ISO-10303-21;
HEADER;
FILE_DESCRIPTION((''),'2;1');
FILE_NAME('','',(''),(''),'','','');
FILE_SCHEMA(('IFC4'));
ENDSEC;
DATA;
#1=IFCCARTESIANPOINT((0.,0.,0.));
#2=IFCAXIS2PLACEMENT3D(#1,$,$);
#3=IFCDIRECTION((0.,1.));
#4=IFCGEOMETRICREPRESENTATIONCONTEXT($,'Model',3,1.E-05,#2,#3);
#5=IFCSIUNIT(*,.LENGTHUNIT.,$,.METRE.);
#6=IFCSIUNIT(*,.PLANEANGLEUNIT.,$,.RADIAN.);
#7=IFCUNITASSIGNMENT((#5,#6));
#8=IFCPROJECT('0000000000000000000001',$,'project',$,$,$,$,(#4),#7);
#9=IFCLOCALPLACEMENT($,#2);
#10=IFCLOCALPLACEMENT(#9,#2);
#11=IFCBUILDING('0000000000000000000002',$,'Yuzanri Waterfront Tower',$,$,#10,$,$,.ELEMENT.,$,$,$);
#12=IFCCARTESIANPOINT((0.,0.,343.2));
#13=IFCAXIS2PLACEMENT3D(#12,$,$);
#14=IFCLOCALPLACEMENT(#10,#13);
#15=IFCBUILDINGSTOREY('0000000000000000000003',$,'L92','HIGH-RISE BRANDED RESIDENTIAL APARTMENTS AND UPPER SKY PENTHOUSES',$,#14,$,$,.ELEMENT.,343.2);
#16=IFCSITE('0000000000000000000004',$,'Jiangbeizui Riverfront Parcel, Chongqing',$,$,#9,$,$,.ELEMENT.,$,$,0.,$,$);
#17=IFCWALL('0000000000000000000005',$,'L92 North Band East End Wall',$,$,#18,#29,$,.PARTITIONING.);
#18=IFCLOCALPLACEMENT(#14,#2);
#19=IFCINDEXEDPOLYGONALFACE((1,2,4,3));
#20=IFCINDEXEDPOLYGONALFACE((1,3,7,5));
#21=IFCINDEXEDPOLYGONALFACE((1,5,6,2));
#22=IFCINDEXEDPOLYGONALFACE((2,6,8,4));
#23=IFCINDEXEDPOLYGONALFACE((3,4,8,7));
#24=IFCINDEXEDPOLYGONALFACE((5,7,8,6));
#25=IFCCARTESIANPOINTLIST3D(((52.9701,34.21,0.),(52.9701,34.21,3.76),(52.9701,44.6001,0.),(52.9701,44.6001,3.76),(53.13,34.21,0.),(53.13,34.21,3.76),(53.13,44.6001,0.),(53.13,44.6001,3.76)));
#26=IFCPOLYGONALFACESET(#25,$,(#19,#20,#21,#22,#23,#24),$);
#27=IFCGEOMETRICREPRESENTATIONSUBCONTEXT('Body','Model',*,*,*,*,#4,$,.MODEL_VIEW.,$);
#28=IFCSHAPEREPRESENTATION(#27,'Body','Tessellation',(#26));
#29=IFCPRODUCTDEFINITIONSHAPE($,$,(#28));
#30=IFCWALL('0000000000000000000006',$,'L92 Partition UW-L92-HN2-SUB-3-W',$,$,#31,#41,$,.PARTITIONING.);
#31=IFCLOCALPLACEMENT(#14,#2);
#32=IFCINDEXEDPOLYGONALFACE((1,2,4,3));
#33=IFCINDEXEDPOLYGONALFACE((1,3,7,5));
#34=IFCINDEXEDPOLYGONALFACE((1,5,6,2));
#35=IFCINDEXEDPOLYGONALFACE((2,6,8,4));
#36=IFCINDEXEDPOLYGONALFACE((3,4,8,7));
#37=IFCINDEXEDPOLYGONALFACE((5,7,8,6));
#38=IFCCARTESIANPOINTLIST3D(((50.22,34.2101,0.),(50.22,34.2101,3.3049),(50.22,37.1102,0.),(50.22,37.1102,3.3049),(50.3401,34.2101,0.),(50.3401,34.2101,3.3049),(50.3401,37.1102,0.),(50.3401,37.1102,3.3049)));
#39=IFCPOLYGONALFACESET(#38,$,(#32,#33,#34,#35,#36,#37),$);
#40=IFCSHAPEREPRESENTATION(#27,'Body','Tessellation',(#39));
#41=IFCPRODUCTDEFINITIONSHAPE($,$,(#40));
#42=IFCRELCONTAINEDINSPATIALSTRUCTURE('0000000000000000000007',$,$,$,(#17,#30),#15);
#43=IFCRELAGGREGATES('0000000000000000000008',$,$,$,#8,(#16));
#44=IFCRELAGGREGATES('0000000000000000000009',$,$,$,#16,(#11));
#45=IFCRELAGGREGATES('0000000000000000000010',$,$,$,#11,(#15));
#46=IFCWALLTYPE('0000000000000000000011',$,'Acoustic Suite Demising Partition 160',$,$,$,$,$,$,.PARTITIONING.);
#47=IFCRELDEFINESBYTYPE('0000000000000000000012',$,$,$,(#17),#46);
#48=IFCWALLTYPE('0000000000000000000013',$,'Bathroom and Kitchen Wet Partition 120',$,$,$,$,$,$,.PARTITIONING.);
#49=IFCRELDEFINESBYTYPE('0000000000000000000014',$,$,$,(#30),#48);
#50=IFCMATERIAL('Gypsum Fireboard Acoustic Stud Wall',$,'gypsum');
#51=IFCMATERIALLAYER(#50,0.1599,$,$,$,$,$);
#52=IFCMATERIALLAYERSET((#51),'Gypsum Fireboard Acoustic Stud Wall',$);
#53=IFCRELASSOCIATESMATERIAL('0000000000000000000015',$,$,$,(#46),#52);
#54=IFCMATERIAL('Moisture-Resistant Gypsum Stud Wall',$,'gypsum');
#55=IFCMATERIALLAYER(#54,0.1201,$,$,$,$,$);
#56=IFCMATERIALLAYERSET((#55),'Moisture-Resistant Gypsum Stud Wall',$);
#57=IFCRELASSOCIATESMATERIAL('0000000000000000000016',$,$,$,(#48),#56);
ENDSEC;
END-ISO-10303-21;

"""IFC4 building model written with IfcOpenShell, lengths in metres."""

from ifc_helpers import new_model, si_unit, direction, frame, frame_2d, origin, place, context, subcontext, project, spatial, rectangle, extrude, source, transform, mapped, material, layer, layer_set, type_object, element, save


model = new_model("IFC4")

# Units and contexts
model_context = context("Model", 3, precision=1e-05, world=origin(), true_north=direction((0.0, 1.0)))
body_context = subcontext(model_context, "Body", "Model", "MODEL_VIEW")
ifc_project = project(units=[si_unit("LENGTHUNIT", "METRE"), si_unit("PLANEANGLEUNIT", "RADIAN")], contexts=[model_context])

# Site, building, storey
site_placement = place(None, origin())
site = spatial("IfcSite", under=ifc_project, at=site_placement, Name="Jiangbeizui Riverfront Parcel, Chongqing", CompositionType="ELEMENT", RefElevation=0.0)
building_placement = place(site_placement, origin())
building = spatial("IfcBuilding", under=site, at=building_placement, Name="Yuzanri Waterfront Tower", CompositionType="ELEMENT")
storey_placement = place(building_placement, frame((0.0, 0.0, 343.2)))
storey = spatial("IfcBuildingStorey", under=building, at=storey_placement, Name="L92", Description="HIGH-RISE BRANDED RESIDENTIAL APARTMENTS AND UPPER SKY PENTHOUSES", CompositionType="ELEMENT", Elevation=343.2)

# Walls
ifc_material_1 = material(Name="Gypsum Fireboard Acoustic Stud Wall", Category="gypsum")
ifc_layer_1 = layer(ifc_material_1, 0.1599)
ifc_layer_set_1 = layer_set([ifc_layer_1], Name="Gypsum Fireboard Acoustic Stud Wall")
wall_type_1 = type_object("IfcWallType", Name="Acoustic Suite Demising Partition 160", PredefinedType="PARTITIONING", material=ifc_layer_set_1)
shared_shape_1 = source(origin(), body_context, "Body", "SweptSolid", [
    extrude(rectangle(XDim=10.3901, YDim=0.1599, at=frame_2d((5.1951, 0.0))), origin(), (0.0, 0.0, 1.0), 3.76),
])
wall_1_placement = place(storey_placement, frame((53.05, 34.21, 0.0), z_axis=(0.0, 0.0, 1.0), x_axis=(0.0, 1.0, 0.0)))
element("IfcWall", 1, at=wall_1_placement, inside=storey, type_object=wall_type_1, Name="L92 North Band East End Wall", PredefinedType="PARTITIONING", context=body_context, shape_type="MappedRepresentation", body=[
    mapped(shared_shape_1, transform((0.0, 0.0, 0.0), scale=1.0)),
])
ifc_material_2 = material(Name="Moisture-Resistant Gypsum Stud Wall", Category="gypsum")
ifc_layer_2 = layer(ifc_material_2, 0.1201)
ifc_layer_set_2 = layer_set([ifc_layer_2], Name="Moisture-Resistant Gypsum Stud Wall")
wall_type_2 = type_object("IfcWallType", Name="Bathroom and Kitchen Wet Partition 120", PredefinedType="PARTITIONING", material=ifc_layer_set_2)
shared_shape_2 = source(origin(), body_context, "Body", "SweptSolid", [
    extrude(rectangle(XDim=2.9001, YDim=0.1201, at=frame_2d((1.4502, 0.0))), origin(), (0.0, 0.0, 1.0), 3.3049),
])
wall_2_placement = place(storey_placement, frame((50.28, 34.21, 0.0), z_axis=(0.0, 0.0, 1.0), x_axis=(0.0, 1.0, 0.0)))
element("IfcWall", 2, at=wall_2_placement, inside=storey, type_object=wall_type_2, Name="L92 Partition UW-L92-HN2-SUB-3-W", PredefinedType="PARTITIONING", context=body_context, shape_type="MappedRepresentation", body=[
    mapped(shared_shape_2, transform((0.0, 0.0, 0.0), scale=1.0)),
])

save(model, "model.ifc")
